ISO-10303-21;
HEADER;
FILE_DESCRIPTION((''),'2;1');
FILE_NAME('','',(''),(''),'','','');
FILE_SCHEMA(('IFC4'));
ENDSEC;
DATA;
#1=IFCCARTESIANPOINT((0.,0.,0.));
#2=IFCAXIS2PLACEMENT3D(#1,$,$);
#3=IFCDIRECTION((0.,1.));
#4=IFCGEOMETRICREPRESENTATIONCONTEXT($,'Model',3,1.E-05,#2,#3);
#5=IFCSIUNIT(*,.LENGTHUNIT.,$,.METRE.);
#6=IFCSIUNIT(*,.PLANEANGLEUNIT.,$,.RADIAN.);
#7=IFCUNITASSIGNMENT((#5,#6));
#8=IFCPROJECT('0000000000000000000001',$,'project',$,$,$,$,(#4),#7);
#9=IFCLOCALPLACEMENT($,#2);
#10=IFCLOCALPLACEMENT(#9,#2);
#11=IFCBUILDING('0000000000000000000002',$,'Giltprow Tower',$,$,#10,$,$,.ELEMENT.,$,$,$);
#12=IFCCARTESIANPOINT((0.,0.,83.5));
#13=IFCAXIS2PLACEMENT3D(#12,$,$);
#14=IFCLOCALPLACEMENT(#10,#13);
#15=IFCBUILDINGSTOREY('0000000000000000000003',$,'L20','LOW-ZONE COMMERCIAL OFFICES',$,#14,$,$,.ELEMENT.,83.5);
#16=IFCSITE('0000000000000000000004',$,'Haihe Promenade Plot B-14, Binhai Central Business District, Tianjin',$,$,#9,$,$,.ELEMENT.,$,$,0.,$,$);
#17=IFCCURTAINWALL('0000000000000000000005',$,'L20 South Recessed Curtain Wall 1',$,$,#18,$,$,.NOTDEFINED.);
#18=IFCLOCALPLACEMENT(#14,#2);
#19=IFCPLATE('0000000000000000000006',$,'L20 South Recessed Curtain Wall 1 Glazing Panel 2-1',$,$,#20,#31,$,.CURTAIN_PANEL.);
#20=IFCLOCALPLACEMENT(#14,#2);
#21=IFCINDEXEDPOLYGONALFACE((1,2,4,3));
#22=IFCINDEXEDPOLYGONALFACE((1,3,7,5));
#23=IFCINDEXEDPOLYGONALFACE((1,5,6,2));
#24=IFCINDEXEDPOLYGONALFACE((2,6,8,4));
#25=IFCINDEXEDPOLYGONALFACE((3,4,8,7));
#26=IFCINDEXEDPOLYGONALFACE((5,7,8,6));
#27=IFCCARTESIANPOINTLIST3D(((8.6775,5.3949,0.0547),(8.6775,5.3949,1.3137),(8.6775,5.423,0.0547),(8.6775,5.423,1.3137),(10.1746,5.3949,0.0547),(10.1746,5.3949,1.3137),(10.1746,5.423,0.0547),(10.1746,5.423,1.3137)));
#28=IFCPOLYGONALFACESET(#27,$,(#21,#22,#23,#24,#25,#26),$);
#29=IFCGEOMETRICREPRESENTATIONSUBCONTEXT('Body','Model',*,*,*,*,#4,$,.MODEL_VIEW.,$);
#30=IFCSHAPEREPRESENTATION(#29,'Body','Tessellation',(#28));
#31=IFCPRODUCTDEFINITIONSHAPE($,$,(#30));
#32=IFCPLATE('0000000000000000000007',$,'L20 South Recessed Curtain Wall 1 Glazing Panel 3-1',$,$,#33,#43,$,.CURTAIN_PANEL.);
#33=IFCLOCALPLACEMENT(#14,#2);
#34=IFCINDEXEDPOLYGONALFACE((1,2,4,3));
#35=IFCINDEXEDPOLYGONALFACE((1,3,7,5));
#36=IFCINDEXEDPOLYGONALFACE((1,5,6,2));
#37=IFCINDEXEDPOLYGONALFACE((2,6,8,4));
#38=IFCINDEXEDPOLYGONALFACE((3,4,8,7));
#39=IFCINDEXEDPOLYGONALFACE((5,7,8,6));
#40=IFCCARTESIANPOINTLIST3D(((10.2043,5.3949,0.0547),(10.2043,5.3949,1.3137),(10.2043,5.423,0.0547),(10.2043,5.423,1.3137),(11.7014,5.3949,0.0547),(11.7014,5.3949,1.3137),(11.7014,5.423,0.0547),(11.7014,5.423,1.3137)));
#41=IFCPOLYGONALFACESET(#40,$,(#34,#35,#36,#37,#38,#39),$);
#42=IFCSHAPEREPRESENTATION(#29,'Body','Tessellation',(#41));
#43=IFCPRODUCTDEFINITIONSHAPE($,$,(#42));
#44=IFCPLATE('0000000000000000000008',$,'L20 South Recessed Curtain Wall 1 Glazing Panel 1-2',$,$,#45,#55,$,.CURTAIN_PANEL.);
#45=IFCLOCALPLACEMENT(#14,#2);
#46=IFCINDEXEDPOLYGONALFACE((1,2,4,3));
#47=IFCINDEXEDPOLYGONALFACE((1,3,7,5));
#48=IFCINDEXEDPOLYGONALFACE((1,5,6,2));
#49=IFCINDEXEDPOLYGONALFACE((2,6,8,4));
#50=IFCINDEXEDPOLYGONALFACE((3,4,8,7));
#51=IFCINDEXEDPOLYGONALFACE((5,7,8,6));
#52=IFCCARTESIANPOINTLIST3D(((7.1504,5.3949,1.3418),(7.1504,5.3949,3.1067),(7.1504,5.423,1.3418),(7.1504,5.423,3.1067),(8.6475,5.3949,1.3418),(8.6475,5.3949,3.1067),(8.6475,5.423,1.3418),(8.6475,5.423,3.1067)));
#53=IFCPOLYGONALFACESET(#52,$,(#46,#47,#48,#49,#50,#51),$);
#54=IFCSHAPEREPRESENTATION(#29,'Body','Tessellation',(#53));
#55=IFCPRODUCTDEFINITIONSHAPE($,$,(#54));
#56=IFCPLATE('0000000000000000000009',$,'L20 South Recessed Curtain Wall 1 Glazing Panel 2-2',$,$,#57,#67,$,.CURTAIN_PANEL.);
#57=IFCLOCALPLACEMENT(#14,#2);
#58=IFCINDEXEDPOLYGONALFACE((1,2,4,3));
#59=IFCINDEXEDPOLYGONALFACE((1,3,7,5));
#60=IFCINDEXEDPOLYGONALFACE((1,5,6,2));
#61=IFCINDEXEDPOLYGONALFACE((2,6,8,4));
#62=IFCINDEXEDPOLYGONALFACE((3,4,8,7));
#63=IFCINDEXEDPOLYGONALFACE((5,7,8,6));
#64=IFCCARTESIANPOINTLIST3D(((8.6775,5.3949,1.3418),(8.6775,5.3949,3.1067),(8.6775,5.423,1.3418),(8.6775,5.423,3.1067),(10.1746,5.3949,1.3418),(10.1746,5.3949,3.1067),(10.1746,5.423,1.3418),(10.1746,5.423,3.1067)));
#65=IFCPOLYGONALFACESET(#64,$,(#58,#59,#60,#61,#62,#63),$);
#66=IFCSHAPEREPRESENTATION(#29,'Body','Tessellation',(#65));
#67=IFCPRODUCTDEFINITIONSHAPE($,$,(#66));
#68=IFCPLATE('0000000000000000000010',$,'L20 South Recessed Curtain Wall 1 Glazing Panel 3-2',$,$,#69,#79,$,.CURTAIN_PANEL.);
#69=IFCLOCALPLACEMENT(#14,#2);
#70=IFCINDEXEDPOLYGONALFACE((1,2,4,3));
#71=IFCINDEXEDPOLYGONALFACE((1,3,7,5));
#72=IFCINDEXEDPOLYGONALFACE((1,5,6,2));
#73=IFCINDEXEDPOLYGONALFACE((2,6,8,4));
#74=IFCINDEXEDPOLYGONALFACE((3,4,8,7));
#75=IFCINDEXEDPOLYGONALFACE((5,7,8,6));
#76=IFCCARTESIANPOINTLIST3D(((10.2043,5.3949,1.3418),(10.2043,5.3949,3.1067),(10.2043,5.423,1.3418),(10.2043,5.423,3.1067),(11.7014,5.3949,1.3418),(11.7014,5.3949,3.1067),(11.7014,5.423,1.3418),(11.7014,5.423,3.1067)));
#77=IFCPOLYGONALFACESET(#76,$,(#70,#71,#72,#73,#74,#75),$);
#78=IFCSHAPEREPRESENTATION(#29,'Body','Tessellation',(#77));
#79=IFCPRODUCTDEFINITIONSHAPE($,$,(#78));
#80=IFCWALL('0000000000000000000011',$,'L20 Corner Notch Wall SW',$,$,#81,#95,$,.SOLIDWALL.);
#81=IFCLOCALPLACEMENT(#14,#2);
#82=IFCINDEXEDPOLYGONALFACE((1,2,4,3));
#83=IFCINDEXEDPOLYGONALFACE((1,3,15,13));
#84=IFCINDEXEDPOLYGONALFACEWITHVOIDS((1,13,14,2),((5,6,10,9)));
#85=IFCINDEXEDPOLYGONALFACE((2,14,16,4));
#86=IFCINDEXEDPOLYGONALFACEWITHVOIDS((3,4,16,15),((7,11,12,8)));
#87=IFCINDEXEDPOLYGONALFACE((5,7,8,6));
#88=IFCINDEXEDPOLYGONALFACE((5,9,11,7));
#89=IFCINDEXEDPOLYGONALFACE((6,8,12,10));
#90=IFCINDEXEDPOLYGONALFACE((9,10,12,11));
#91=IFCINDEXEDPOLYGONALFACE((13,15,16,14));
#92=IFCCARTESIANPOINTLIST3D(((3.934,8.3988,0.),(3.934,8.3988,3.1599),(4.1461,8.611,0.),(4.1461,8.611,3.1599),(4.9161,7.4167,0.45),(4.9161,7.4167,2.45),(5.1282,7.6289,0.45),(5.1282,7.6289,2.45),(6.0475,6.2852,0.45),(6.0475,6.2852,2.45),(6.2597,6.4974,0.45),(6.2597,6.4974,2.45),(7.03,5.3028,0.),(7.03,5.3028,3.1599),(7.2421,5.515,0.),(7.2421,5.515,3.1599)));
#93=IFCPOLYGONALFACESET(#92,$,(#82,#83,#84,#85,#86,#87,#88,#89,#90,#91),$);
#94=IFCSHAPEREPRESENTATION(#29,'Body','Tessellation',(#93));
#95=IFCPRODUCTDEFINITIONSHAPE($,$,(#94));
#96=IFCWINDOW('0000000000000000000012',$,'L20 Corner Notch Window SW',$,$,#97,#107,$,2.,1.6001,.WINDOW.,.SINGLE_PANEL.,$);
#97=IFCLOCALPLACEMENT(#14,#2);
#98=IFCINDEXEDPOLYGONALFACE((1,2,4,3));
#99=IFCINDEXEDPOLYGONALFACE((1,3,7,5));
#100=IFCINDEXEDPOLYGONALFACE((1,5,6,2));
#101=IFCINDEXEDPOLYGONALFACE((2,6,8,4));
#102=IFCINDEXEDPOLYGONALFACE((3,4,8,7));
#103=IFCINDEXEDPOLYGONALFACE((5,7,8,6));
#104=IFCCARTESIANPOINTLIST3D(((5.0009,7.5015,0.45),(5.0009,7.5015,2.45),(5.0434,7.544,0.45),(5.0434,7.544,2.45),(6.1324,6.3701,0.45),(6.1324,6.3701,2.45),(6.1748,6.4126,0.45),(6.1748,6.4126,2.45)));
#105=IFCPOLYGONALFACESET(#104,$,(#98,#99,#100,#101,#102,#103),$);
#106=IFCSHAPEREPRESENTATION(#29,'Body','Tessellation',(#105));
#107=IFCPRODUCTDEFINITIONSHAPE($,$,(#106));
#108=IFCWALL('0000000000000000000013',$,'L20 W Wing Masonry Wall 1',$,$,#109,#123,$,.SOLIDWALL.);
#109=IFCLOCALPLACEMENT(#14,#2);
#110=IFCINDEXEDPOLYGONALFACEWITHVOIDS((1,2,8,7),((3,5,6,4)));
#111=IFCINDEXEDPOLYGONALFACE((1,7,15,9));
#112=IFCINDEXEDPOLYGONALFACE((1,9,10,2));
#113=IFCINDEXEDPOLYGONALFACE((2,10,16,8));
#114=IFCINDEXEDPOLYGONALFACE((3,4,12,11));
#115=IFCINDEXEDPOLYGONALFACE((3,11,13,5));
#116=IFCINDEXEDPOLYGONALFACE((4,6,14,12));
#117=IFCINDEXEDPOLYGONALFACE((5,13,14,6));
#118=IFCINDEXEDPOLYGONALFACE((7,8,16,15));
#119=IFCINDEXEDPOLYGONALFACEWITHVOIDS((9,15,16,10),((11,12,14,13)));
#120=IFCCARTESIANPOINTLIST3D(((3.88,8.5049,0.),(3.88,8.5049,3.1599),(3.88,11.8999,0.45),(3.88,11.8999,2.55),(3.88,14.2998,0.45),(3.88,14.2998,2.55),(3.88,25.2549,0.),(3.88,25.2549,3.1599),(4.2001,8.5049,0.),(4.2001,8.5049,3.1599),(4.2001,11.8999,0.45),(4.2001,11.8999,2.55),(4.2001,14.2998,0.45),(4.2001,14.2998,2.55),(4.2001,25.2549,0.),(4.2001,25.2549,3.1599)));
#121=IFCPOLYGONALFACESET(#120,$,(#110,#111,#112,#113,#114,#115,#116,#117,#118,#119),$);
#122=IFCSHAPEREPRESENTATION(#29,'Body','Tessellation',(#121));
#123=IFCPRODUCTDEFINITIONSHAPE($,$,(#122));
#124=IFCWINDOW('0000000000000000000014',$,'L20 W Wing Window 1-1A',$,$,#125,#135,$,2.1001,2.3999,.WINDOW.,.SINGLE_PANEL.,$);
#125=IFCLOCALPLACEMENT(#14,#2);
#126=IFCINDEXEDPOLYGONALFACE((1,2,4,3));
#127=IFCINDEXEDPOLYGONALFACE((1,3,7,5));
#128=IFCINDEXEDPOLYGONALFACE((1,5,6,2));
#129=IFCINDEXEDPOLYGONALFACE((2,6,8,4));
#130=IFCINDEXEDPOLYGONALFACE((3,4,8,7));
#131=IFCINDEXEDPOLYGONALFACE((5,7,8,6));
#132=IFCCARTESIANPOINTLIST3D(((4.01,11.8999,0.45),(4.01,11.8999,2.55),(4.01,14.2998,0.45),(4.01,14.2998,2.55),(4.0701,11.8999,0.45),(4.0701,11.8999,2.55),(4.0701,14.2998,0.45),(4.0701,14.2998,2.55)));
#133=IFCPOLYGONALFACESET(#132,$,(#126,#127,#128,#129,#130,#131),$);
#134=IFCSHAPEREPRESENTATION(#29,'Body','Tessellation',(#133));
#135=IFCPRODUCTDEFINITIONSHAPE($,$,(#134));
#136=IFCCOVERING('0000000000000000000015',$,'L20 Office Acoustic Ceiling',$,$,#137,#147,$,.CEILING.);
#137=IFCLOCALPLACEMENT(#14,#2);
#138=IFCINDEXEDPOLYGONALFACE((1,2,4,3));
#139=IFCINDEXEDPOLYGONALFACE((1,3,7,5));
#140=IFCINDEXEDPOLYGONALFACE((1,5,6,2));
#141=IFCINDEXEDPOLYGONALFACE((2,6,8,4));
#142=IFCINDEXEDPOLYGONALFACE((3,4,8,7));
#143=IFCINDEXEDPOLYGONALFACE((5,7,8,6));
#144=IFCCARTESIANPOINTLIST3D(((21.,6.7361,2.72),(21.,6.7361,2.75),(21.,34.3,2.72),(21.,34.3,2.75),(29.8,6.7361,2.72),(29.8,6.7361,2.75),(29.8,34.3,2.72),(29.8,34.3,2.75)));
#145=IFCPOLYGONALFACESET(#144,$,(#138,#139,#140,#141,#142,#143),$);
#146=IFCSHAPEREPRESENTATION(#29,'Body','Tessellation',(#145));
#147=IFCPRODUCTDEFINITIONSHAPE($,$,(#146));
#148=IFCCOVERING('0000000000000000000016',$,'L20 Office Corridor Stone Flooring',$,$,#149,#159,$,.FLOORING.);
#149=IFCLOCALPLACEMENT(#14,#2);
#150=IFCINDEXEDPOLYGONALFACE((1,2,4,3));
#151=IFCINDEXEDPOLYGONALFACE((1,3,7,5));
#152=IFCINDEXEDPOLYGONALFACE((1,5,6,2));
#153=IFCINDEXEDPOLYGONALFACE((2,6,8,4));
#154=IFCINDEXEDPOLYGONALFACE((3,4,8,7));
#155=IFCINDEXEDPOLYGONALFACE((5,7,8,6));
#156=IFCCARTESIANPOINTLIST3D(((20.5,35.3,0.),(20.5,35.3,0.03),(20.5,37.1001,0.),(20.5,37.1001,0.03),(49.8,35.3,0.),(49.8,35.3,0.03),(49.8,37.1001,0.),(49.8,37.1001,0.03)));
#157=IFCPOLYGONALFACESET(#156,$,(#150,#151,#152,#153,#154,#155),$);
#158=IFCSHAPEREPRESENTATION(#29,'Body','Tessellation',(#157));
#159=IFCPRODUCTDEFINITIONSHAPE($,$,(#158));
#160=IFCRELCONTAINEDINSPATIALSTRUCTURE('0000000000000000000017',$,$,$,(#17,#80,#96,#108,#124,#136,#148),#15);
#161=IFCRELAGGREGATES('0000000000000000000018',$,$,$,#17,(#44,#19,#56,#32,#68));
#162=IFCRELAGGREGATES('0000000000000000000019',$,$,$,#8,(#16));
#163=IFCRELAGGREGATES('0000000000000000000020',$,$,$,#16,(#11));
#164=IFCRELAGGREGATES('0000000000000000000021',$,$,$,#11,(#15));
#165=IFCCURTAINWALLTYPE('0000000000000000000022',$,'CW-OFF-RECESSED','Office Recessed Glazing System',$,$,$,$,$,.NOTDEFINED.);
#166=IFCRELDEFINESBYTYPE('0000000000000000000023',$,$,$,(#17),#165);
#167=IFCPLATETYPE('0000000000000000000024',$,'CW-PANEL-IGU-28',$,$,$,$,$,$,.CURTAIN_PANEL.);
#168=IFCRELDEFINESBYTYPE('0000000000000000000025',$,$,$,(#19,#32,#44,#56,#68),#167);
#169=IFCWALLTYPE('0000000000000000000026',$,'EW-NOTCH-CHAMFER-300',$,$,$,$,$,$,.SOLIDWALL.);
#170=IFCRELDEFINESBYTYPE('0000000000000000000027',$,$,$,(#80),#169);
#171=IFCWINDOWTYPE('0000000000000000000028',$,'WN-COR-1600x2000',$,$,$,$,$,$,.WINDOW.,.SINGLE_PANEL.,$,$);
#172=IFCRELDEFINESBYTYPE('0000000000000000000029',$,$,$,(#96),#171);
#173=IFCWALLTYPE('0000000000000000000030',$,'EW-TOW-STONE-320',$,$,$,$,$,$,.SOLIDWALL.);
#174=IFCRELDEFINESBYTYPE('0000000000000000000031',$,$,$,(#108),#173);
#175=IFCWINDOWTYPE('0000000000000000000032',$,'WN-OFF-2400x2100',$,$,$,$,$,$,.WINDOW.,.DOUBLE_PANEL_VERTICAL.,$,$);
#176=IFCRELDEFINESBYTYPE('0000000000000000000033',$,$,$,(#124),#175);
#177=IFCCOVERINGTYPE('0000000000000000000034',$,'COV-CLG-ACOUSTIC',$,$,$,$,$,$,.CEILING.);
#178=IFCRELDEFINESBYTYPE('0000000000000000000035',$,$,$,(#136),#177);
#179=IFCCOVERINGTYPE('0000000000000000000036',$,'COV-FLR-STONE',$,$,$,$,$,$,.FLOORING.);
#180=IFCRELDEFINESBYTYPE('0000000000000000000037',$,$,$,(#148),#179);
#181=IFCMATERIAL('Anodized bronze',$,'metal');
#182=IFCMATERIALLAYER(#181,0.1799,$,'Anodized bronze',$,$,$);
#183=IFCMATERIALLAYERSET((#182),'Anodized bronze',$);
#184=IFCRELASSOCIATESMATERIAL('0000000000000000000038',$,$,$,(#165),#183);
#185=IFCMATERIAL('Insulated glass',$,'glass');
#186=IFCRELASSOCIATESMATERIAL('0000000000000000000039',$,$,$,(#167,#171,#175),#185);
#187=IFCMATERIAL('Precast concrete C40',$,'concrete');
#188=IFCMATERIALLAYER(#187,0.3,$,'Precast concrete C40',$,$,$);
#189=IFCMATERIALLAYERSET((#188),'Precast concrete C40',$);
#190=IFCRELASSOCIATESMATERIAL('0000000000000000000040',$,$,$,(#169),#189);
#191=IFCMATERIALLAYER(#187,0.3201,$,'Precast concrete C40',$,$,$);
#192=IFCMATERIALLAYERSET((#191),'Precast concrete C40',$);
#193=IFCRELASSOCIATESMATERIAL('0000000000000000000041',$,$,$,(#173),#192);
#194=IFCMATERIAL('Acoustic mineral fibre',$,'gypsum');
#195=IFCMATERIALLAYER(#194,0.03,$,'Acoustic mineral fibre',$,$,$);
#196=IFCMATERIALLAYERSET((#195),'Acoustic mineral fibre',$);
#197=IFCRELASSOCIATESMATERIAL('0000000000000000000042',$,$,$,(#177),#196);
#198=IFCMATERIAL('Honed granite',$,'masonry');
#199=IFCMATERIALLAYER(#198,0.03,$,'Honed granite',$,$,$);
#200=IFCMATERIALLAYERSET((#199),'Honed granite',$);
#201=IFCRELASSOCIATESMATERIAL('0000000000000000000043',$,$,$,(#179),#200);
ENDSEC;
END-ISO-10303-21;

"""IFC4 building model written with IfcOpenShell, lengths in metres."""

from ifc_helpers import new_model, si_unit, direction, frame, frame_2d, origin, origin_2d, place, context, subcontext, project, spatial, polyline, rectangle, outline, extrude, source, transform, mapped, material, layer, layer_set, type_object, element, fill, aggregate, save


model = new_model("IFC4")

# Units and contexts
model_context = context("Model", 3, precision=1e-05, world=origin(), true_north=direction((0.0, 1.0)))
body_context = subcontext(model_context, "Body", "Model", "MODEL_VIEW")
ifc_project = project(units=[si_unit("LENGTHUNIT", "METRE"), si_unit("PLANEANGLEUNIT", "RADIAN")], contexts=[model_context])

# Site, building, storey
site_placement = place(None, origin())
site = spatial("IfcSite", under=ifc_project, at=site_placement, Name="Haihe Promenade Plot B-14, Binhai Central Business District, Tianjin", CompositionType="ELEMENT", RefElevation=0.0)
building_placement = place(site_placement, origin())
building = spatial("IfcBuilding", under=site, at=building_placement, Name="Giltprow Tower", CompositionType="ELEMENT")
storey_placement = place(building_placement, frame((0.0, 0.0, 83.5)))
storey = spatial("IfcBuildingStorey", under=building, at=storey_placement, Name="L20", Description="LOW-ZONE COMMERCIAL OFFICES", CompositionType="ELEMENT", Elevation=83.5)

# Curtain wall
ifc_material_1 = material(Name="Anodized bronze", Category="metal")
ifc_layer_1 = layer(ifc_material_1, 0.1799, Name="Anodized bronze")
ifc_layer_set_1 = layer_set([ifc_layer_1], Name="Anodized bronze")
curtain_wall_type = type_object("IfcCurtainWallType", Name="CW-OFF-RECESSED", Description="Office Recessed Glazing System", PredefinedType="NOTDEFINED", material=ifc_layer_set_1)
curtain_wall_placement = place(storey_placement, origin())
curtain_wall = element("IfcCurtainWall", 1, at=curtain_wall_placement, inside=storey, type_object=curtain_wall_type, Name="L20 South Recessed Curtain Wall 1", PredefinedType="NOTDEFINED")

# Plates
ifc_material_2 = material(Name="Insulated glass", Category="glass")
plate_type_1 = type_object("IfcPlateType", Name="CW-PANEL-IGU-28", PredefinedType="CURTAIN_PANEL", material=ifc_material_2)
shared_shape_1 = source(origin(), body_context, "Body", "SweptSolid", [
    extrude(rectangle(XDim=1.4971, YDim=0.0281, at=origin_2d()), origin(), (0.0, 0.0, 1.0), 1.259),
])
plate_1_placement = place(storey_placement, frame((9.426, 5.4089, 0.0547), z_axis=(0.0, 0.0, 1.0), x_axis=(1.0, 0.0, 0.0)))
plate_1 = element("IfcPlate", 2, at=plate_1_placement, type_object=plate_type_1, Name="L20 South Recessed Curtain Wall 1 Glazing Panel 2-1", PredefinedType="CURTAIN_PANEL", context=body_context, shape_type="MappedRepresentation", body=[
    mapped(shared_shape_1, transform((0.0, 0.0, 0.0), x_axis=(1.0, 0.0, 0.0), y_axis=(0.0, 1.0, 0.0), z_axis=(0.0, 0.0, 1.0), scale=1.0)),
])
plate_2_placement = place(storey_placement, frame((10.9529, 5.4089, 0.0547), z_axis=(0.0, 0.0, 1.0), x_axis=(1.0, 0.0, 0.0)))
plate_2 = element("IfcPlate", 3, at=plate_2_placement, type_object=plate_type_1, Name="L20 South Recessed Curtain Wall 1 Glazing Panel 3-1", PredefinedType="CURTAIN_PANEL", context=body_context, shape_type="MappedRepresentation", body=[
    mapped(shared_shape_1, transform((0.0, 0.0, 0.0), x_axis=(1.0, 0.0, 0.0), y_axis=(0.0, 1.0, 0.0), z_axis=(0.0, 0.0, 1.0), scale=1.0)),
])
shared_shape_2 = source(origin(), body_context, "Body", "SweptSolid", [
    extrude(rectangle(XDim=1.4971, YDim=0.0281, at=origin_2d()), origin(), (0.0, 0.0, 1.0), 1.7649),
])
plate_3_placement = place(storey_placement, frame((7.8989, 5.4089, 1.3418), z_axis=(0.0, 0.0, 1.0), x_axis=(1.0, 0.0, 0.0)))
plate_3 = element("IfcPlate", 4, at=plate_3_placement, type_object=plate_type_1, Name="L20 South Recessed Curtain Wall 1 Glazing Panel 1-2", PredefinedType="CURTAIN_PANEL", context=body_context, shape_type="MappedRepresentation", body=[
    mapped(shared_shape_2, transform((0.0, 0.0, 0.0), x_axis=(1.0, 0.0, 0.0), y_axis=(0.0, 1.0, 0.0), z_axis=(0.0, 0.0, 1.0), scale=1.0)),
])
plate_4_placement = place(storey_placement, frame((9.426, 5.4089, 1.3418), z_axis=(0.0, 0.0, 1.0), x_axis=(1.0, 0.0, 0.0)))
plate_4 = element("IfcPlate", 5, at=plate_4_placement, type_object=plate_type_1, Name="L20 South Recessed Curtain Wall 1 Glazing Panel 2-2", PredefinedType="CURTAIN_PANEL", context=body_context, shape_type="MappedRepresentation", body=[
    mapped(shared_shape_2, transform((0.0, 0.0, 0.0), x_axis=(1.0, 0.0, 0.0), y_axis=(0.0, 1.0, 0.0), z_axis=(0.0, 0.0, 1.0), scale=1.0)),
])
plate_5_placement = place(storey_placement, frame((10.9529, 5.4089, 1.3418), z_axis=(0.0, 0.0, 1.0), x_axis=(1.0, 0.0, 0.0)))
plate_5 = element("IfcPlate", 6, at=plate_5_placement, type_object=plate_type_1, Name="L20 South Recessed Curtain Wall 1 Glazing Panel 3-2", PredefinedType="CURTAIN_PANEL", context=body_context, shape_type="MappedRepresentation", body=[
    mapped(shared_shape_2, transform((0.0, 0.0, 0.0), x_axis=(1.0, 0.0, 0.0), y_axis=(0.0, 1.0, 0.0), z_axis=(0.0, 0.0, 1.0), scale=1.0)),
])
aggregate(curtain_wall, [plate_3, plate_1, plate_4, plate_2, plate_5])

# Walls, openings, windows
ifc_material_3 = material(Name="Precast concrete C40", Category="concrete")
ifc_layer_2 = layer(ifc_material_3, 0.3, Name="Precast concrete C40")
ifc_layer_set_2 = layer_set([ifc_layer_2], Name="Precast concrete C40")
wall_type_1 = type_object("IfcWallType", Name="EW-NOTCH-CHAMFER-300", PredefinedType="SOLIDWALL", material=ifc_layer_set_2)
wall_1_placement = place(storey_placement, frame((4.04, 8.5049, 0.0), z_axis=(0.0, 0.0, 1.0), x_axis=(0.707107, -0.707107, 0.0)))
wall_1 = element("IfcWall", 7, at=wall_1_placement, inside=storey, type_object=wall_type_1, Name="L20 Corner Notch Wall SW", PredefinedType="SOLIDWALL", context=body_context, shape_type="SweptSolid", body=[
    extrude(rectangle(XDim=4.3784, YDim=0.3, at=frame_2d((2.1892, 0.0))), origin(), (0.0, 0.0, 1.0), 3.1599),
])
opening_1_placement = place(wall_1_placement, frame((1.3889, 0.0, 0.45)))
opening_1 = element("IfcOpeningElement", 8, at=opening_1_placement, cuts=wall_1, PredefinedType="OPENING", context=body_context, shape_type="SweptSolid", body=[
    extrude(rectangle(XDim=1.6001, YDim=2.0, at=frame_2d((0.8, 1.0))), frame((0.0, 0.1599, 0.0), z_axis=(0.0, -1.0, 0.0), x_axis=(1.0, 0.0, 0.0)), (0.0, 0.0, 1.0), 0.3201),
])
window_type_1 = type_object("IfcWindowType", Name="WN-COR-1600x2000", PartitioningType="SINGLE_PANEL", PredefinedType="WINDOW", material=ifc_material_2)
shared_shape_3 = source(origin(), body_context, "Body", "SweptSolid", [
    extrude(rectangle(XDim=1.6001, YDim=2.0, at=frame_2d((0.8, 1.0))), frame((0.0, 0.03, 0.0), z_axis=(0.0, -1.0, 0.0), x_axis=(1.0, 0.0, 0.0)), (0.0, 0.0, 1.0), 0.0601),
])
window_1_placement = place(opening_1_placement, origin())
window_1 = element("IfcWindow", 9, at=window_1_placement, inside=storey, type_object=window_type_1, Name="L20 Corner Notch Window SW", OverallHeight=2.0, OverallWidth=1.6001, PartitioningType="SINGLE_PANEL", PredefinedType="WINDOW", context=body_context, shape_type="MappedRepresentation", body=[
    mapped(shared_shape_3, transform((0.0, 0.0, 0.0), x_axis=(1.0, 0.0, 0.0), y_axis=(0.0, 1.0, 0.0), z_axis=(0.0, 0.0, 1.0), scale=1.0)),
])
fill(opening_1, window_1)
ifc_layer_3 = layer(ifc_material_3, 0.3201, Name="Precast concrete C40")
ifc_layer_set_3 = layer_set([ifc_layer_3], Name="Precast concrete C40")
wall_type_2 = type_object("IfcWallType", Name="EW-TOW-STONE-320", PredefinedType="SOLIDWALL", material=ifc_layer_set_3)
wall_2_placement = place(storey_placement, frame((4.04, 8.5049, 0.0), z_axis=(0.0, 0.0, 1.0), x_axis=(0.0, 1.0, 0.0)))
wall_2 = element("IfcWall", 10, at=wall_2_placement, inside=storey, type_object=wall_type_2, Name="L20 W Wing Masonry Wall 1", PredefinedType="SOLIDWALL", context=body_context, shape_type="SweptSolid", body=[
    extrude(rectangle(XDim=16.75, YDim=0.3201, at=frame_2d((8.375, 0.0))), origin(), (0.0, 0.0, 1.0), 3.1599),
])
opening_2_placement = place(wall_2_placement, frame((3.395, 0.0, 0.45)))
opening_2 = element("IfcOpeningElement", 11, at=opening_2_placement, cuts=wall_2, PredefinedType="OPENING", context=body_context, shape_type="SweptSolid", body=[
    extrude(rectangle(XDim=2.3999, YDim=2.1001, at=frame_2d((1.2, 1.05))), frame((0.0, 0.1699, 0.0), z_axis=(0.0, -1.0, 0.0), x_axis=(1.0, 0.0, 0.0)), (0.0, 0.0, 1.0), 0.3401),
])
window_type_2 = type_object("IfcWindowType", Name="WN-OFF-2400x2100", PartitioningType="DOUBLE_PANEL_VERTICAL", PredefinedType="WINDOW", material=ifc_material_2)
shared_shape_4 = source(origin(), body_context, "Body", "SweptSolid", [
    extrude(rectangle(XDim=2.3999, YDim=2.1001, at=frame_2d((1.2, 1.05))), frame((0.0, 0.03, 0.0), z_axis=(0.0, -1.0, 0.0), x_axis=(1.0, 0.0, 0.0)), (0.0, 0.0, 1.0), 0.0601),
])
window_2_placement = place(opening_2_placement, origin())
window_2 = element("IfcWindow", 12, at=window_2_placement, inside=storey, type_object=window_type_2, Name="L20 W Wing Window 1-1A", OverallHeight=2.1001, OverallWidth=2.3999, PartitioningType="SINGLE_PANEL", PredefinedType="WINDOW", context=body_context, shape_type="MappedRepresentation", body=[
    mapped(shared_shape_4, transform((0.0, 0.0, 0.0), x_axis=(1.0, 0.0, 0.0), y_axis=(0.0, 1.0, 0.0), z_axis=(0.0, 0.0, 1.0), scale=1.0)),
])
fill(opening_2, window_2)

# Coverings
ifc_material_4 = material(Name="Acoustic mineral fibre", Category="gypsum")
ifc_layer_4 = layer(ifc_material_4, 0.03, Name="Acoustic mineral fibre")
ifc_layer_set_4 = layer_set([ifc_layer_4], Name="Acoustic mineral fibre")
covering_type_1 = type_object("IfcCoveringType", Name="COV-CLG-ACOUSTIC", PredefinedType="CEILING", material=ifc_layer_set_4)
covering_1_placement = place(storey_placement, frame((0.0, 0.0, 2.72)))
element("IfcCovering", 13, at=covering_1_placement, inside=storey, type_object=covering_type_1, Name="L20 Office Acoustic Ceiling", PredefinedType="CEILING", context=body_context, shape_type="SweptSolid", body=[
    extrude(outline(polyline([(21.0, 6.7361), (29.8, 6.7361), (29.8, 34.3), (21.0, 34.3), (21.0, 6.7361)])), origin(), (0.0, 0.0, 1.0), 0.03),
])
ifc_material_5 = material(Name="Honed granite", Category="masonry")
ifc_layer_5 = layer(ifc_material_5, 0.03, Name="Honed granite")
ifc_layer_set_5 = layer_set([ifc_layer_5], Name="Honed granite")
covering_type_2 = type_object("IfcCoveringType", Name="COV-FLR-STONE", PredefinedType="FLOORING", material=ifc_layer_set_5)
covering_2_placement = place(storey_placement, origin())
element("IfcCovering", 14, at=covering_2_placement, inside=storey, type_object=covering_type_2, Name="L20 Office Corridor Stone Flooring", PredefinedType="FLOORING", context=body_context, shape_type="SweptSolid", body=[
    extrude(outline(polyline([(20.5, 35.3), (49.8, 35.3), (49.8, 37.1001), (20.5, 37.1001), (20.5, 35.3)])), origin(), (0.0, 0.0, 1.0), 0.03),
])

save(model, "model.ifc")
